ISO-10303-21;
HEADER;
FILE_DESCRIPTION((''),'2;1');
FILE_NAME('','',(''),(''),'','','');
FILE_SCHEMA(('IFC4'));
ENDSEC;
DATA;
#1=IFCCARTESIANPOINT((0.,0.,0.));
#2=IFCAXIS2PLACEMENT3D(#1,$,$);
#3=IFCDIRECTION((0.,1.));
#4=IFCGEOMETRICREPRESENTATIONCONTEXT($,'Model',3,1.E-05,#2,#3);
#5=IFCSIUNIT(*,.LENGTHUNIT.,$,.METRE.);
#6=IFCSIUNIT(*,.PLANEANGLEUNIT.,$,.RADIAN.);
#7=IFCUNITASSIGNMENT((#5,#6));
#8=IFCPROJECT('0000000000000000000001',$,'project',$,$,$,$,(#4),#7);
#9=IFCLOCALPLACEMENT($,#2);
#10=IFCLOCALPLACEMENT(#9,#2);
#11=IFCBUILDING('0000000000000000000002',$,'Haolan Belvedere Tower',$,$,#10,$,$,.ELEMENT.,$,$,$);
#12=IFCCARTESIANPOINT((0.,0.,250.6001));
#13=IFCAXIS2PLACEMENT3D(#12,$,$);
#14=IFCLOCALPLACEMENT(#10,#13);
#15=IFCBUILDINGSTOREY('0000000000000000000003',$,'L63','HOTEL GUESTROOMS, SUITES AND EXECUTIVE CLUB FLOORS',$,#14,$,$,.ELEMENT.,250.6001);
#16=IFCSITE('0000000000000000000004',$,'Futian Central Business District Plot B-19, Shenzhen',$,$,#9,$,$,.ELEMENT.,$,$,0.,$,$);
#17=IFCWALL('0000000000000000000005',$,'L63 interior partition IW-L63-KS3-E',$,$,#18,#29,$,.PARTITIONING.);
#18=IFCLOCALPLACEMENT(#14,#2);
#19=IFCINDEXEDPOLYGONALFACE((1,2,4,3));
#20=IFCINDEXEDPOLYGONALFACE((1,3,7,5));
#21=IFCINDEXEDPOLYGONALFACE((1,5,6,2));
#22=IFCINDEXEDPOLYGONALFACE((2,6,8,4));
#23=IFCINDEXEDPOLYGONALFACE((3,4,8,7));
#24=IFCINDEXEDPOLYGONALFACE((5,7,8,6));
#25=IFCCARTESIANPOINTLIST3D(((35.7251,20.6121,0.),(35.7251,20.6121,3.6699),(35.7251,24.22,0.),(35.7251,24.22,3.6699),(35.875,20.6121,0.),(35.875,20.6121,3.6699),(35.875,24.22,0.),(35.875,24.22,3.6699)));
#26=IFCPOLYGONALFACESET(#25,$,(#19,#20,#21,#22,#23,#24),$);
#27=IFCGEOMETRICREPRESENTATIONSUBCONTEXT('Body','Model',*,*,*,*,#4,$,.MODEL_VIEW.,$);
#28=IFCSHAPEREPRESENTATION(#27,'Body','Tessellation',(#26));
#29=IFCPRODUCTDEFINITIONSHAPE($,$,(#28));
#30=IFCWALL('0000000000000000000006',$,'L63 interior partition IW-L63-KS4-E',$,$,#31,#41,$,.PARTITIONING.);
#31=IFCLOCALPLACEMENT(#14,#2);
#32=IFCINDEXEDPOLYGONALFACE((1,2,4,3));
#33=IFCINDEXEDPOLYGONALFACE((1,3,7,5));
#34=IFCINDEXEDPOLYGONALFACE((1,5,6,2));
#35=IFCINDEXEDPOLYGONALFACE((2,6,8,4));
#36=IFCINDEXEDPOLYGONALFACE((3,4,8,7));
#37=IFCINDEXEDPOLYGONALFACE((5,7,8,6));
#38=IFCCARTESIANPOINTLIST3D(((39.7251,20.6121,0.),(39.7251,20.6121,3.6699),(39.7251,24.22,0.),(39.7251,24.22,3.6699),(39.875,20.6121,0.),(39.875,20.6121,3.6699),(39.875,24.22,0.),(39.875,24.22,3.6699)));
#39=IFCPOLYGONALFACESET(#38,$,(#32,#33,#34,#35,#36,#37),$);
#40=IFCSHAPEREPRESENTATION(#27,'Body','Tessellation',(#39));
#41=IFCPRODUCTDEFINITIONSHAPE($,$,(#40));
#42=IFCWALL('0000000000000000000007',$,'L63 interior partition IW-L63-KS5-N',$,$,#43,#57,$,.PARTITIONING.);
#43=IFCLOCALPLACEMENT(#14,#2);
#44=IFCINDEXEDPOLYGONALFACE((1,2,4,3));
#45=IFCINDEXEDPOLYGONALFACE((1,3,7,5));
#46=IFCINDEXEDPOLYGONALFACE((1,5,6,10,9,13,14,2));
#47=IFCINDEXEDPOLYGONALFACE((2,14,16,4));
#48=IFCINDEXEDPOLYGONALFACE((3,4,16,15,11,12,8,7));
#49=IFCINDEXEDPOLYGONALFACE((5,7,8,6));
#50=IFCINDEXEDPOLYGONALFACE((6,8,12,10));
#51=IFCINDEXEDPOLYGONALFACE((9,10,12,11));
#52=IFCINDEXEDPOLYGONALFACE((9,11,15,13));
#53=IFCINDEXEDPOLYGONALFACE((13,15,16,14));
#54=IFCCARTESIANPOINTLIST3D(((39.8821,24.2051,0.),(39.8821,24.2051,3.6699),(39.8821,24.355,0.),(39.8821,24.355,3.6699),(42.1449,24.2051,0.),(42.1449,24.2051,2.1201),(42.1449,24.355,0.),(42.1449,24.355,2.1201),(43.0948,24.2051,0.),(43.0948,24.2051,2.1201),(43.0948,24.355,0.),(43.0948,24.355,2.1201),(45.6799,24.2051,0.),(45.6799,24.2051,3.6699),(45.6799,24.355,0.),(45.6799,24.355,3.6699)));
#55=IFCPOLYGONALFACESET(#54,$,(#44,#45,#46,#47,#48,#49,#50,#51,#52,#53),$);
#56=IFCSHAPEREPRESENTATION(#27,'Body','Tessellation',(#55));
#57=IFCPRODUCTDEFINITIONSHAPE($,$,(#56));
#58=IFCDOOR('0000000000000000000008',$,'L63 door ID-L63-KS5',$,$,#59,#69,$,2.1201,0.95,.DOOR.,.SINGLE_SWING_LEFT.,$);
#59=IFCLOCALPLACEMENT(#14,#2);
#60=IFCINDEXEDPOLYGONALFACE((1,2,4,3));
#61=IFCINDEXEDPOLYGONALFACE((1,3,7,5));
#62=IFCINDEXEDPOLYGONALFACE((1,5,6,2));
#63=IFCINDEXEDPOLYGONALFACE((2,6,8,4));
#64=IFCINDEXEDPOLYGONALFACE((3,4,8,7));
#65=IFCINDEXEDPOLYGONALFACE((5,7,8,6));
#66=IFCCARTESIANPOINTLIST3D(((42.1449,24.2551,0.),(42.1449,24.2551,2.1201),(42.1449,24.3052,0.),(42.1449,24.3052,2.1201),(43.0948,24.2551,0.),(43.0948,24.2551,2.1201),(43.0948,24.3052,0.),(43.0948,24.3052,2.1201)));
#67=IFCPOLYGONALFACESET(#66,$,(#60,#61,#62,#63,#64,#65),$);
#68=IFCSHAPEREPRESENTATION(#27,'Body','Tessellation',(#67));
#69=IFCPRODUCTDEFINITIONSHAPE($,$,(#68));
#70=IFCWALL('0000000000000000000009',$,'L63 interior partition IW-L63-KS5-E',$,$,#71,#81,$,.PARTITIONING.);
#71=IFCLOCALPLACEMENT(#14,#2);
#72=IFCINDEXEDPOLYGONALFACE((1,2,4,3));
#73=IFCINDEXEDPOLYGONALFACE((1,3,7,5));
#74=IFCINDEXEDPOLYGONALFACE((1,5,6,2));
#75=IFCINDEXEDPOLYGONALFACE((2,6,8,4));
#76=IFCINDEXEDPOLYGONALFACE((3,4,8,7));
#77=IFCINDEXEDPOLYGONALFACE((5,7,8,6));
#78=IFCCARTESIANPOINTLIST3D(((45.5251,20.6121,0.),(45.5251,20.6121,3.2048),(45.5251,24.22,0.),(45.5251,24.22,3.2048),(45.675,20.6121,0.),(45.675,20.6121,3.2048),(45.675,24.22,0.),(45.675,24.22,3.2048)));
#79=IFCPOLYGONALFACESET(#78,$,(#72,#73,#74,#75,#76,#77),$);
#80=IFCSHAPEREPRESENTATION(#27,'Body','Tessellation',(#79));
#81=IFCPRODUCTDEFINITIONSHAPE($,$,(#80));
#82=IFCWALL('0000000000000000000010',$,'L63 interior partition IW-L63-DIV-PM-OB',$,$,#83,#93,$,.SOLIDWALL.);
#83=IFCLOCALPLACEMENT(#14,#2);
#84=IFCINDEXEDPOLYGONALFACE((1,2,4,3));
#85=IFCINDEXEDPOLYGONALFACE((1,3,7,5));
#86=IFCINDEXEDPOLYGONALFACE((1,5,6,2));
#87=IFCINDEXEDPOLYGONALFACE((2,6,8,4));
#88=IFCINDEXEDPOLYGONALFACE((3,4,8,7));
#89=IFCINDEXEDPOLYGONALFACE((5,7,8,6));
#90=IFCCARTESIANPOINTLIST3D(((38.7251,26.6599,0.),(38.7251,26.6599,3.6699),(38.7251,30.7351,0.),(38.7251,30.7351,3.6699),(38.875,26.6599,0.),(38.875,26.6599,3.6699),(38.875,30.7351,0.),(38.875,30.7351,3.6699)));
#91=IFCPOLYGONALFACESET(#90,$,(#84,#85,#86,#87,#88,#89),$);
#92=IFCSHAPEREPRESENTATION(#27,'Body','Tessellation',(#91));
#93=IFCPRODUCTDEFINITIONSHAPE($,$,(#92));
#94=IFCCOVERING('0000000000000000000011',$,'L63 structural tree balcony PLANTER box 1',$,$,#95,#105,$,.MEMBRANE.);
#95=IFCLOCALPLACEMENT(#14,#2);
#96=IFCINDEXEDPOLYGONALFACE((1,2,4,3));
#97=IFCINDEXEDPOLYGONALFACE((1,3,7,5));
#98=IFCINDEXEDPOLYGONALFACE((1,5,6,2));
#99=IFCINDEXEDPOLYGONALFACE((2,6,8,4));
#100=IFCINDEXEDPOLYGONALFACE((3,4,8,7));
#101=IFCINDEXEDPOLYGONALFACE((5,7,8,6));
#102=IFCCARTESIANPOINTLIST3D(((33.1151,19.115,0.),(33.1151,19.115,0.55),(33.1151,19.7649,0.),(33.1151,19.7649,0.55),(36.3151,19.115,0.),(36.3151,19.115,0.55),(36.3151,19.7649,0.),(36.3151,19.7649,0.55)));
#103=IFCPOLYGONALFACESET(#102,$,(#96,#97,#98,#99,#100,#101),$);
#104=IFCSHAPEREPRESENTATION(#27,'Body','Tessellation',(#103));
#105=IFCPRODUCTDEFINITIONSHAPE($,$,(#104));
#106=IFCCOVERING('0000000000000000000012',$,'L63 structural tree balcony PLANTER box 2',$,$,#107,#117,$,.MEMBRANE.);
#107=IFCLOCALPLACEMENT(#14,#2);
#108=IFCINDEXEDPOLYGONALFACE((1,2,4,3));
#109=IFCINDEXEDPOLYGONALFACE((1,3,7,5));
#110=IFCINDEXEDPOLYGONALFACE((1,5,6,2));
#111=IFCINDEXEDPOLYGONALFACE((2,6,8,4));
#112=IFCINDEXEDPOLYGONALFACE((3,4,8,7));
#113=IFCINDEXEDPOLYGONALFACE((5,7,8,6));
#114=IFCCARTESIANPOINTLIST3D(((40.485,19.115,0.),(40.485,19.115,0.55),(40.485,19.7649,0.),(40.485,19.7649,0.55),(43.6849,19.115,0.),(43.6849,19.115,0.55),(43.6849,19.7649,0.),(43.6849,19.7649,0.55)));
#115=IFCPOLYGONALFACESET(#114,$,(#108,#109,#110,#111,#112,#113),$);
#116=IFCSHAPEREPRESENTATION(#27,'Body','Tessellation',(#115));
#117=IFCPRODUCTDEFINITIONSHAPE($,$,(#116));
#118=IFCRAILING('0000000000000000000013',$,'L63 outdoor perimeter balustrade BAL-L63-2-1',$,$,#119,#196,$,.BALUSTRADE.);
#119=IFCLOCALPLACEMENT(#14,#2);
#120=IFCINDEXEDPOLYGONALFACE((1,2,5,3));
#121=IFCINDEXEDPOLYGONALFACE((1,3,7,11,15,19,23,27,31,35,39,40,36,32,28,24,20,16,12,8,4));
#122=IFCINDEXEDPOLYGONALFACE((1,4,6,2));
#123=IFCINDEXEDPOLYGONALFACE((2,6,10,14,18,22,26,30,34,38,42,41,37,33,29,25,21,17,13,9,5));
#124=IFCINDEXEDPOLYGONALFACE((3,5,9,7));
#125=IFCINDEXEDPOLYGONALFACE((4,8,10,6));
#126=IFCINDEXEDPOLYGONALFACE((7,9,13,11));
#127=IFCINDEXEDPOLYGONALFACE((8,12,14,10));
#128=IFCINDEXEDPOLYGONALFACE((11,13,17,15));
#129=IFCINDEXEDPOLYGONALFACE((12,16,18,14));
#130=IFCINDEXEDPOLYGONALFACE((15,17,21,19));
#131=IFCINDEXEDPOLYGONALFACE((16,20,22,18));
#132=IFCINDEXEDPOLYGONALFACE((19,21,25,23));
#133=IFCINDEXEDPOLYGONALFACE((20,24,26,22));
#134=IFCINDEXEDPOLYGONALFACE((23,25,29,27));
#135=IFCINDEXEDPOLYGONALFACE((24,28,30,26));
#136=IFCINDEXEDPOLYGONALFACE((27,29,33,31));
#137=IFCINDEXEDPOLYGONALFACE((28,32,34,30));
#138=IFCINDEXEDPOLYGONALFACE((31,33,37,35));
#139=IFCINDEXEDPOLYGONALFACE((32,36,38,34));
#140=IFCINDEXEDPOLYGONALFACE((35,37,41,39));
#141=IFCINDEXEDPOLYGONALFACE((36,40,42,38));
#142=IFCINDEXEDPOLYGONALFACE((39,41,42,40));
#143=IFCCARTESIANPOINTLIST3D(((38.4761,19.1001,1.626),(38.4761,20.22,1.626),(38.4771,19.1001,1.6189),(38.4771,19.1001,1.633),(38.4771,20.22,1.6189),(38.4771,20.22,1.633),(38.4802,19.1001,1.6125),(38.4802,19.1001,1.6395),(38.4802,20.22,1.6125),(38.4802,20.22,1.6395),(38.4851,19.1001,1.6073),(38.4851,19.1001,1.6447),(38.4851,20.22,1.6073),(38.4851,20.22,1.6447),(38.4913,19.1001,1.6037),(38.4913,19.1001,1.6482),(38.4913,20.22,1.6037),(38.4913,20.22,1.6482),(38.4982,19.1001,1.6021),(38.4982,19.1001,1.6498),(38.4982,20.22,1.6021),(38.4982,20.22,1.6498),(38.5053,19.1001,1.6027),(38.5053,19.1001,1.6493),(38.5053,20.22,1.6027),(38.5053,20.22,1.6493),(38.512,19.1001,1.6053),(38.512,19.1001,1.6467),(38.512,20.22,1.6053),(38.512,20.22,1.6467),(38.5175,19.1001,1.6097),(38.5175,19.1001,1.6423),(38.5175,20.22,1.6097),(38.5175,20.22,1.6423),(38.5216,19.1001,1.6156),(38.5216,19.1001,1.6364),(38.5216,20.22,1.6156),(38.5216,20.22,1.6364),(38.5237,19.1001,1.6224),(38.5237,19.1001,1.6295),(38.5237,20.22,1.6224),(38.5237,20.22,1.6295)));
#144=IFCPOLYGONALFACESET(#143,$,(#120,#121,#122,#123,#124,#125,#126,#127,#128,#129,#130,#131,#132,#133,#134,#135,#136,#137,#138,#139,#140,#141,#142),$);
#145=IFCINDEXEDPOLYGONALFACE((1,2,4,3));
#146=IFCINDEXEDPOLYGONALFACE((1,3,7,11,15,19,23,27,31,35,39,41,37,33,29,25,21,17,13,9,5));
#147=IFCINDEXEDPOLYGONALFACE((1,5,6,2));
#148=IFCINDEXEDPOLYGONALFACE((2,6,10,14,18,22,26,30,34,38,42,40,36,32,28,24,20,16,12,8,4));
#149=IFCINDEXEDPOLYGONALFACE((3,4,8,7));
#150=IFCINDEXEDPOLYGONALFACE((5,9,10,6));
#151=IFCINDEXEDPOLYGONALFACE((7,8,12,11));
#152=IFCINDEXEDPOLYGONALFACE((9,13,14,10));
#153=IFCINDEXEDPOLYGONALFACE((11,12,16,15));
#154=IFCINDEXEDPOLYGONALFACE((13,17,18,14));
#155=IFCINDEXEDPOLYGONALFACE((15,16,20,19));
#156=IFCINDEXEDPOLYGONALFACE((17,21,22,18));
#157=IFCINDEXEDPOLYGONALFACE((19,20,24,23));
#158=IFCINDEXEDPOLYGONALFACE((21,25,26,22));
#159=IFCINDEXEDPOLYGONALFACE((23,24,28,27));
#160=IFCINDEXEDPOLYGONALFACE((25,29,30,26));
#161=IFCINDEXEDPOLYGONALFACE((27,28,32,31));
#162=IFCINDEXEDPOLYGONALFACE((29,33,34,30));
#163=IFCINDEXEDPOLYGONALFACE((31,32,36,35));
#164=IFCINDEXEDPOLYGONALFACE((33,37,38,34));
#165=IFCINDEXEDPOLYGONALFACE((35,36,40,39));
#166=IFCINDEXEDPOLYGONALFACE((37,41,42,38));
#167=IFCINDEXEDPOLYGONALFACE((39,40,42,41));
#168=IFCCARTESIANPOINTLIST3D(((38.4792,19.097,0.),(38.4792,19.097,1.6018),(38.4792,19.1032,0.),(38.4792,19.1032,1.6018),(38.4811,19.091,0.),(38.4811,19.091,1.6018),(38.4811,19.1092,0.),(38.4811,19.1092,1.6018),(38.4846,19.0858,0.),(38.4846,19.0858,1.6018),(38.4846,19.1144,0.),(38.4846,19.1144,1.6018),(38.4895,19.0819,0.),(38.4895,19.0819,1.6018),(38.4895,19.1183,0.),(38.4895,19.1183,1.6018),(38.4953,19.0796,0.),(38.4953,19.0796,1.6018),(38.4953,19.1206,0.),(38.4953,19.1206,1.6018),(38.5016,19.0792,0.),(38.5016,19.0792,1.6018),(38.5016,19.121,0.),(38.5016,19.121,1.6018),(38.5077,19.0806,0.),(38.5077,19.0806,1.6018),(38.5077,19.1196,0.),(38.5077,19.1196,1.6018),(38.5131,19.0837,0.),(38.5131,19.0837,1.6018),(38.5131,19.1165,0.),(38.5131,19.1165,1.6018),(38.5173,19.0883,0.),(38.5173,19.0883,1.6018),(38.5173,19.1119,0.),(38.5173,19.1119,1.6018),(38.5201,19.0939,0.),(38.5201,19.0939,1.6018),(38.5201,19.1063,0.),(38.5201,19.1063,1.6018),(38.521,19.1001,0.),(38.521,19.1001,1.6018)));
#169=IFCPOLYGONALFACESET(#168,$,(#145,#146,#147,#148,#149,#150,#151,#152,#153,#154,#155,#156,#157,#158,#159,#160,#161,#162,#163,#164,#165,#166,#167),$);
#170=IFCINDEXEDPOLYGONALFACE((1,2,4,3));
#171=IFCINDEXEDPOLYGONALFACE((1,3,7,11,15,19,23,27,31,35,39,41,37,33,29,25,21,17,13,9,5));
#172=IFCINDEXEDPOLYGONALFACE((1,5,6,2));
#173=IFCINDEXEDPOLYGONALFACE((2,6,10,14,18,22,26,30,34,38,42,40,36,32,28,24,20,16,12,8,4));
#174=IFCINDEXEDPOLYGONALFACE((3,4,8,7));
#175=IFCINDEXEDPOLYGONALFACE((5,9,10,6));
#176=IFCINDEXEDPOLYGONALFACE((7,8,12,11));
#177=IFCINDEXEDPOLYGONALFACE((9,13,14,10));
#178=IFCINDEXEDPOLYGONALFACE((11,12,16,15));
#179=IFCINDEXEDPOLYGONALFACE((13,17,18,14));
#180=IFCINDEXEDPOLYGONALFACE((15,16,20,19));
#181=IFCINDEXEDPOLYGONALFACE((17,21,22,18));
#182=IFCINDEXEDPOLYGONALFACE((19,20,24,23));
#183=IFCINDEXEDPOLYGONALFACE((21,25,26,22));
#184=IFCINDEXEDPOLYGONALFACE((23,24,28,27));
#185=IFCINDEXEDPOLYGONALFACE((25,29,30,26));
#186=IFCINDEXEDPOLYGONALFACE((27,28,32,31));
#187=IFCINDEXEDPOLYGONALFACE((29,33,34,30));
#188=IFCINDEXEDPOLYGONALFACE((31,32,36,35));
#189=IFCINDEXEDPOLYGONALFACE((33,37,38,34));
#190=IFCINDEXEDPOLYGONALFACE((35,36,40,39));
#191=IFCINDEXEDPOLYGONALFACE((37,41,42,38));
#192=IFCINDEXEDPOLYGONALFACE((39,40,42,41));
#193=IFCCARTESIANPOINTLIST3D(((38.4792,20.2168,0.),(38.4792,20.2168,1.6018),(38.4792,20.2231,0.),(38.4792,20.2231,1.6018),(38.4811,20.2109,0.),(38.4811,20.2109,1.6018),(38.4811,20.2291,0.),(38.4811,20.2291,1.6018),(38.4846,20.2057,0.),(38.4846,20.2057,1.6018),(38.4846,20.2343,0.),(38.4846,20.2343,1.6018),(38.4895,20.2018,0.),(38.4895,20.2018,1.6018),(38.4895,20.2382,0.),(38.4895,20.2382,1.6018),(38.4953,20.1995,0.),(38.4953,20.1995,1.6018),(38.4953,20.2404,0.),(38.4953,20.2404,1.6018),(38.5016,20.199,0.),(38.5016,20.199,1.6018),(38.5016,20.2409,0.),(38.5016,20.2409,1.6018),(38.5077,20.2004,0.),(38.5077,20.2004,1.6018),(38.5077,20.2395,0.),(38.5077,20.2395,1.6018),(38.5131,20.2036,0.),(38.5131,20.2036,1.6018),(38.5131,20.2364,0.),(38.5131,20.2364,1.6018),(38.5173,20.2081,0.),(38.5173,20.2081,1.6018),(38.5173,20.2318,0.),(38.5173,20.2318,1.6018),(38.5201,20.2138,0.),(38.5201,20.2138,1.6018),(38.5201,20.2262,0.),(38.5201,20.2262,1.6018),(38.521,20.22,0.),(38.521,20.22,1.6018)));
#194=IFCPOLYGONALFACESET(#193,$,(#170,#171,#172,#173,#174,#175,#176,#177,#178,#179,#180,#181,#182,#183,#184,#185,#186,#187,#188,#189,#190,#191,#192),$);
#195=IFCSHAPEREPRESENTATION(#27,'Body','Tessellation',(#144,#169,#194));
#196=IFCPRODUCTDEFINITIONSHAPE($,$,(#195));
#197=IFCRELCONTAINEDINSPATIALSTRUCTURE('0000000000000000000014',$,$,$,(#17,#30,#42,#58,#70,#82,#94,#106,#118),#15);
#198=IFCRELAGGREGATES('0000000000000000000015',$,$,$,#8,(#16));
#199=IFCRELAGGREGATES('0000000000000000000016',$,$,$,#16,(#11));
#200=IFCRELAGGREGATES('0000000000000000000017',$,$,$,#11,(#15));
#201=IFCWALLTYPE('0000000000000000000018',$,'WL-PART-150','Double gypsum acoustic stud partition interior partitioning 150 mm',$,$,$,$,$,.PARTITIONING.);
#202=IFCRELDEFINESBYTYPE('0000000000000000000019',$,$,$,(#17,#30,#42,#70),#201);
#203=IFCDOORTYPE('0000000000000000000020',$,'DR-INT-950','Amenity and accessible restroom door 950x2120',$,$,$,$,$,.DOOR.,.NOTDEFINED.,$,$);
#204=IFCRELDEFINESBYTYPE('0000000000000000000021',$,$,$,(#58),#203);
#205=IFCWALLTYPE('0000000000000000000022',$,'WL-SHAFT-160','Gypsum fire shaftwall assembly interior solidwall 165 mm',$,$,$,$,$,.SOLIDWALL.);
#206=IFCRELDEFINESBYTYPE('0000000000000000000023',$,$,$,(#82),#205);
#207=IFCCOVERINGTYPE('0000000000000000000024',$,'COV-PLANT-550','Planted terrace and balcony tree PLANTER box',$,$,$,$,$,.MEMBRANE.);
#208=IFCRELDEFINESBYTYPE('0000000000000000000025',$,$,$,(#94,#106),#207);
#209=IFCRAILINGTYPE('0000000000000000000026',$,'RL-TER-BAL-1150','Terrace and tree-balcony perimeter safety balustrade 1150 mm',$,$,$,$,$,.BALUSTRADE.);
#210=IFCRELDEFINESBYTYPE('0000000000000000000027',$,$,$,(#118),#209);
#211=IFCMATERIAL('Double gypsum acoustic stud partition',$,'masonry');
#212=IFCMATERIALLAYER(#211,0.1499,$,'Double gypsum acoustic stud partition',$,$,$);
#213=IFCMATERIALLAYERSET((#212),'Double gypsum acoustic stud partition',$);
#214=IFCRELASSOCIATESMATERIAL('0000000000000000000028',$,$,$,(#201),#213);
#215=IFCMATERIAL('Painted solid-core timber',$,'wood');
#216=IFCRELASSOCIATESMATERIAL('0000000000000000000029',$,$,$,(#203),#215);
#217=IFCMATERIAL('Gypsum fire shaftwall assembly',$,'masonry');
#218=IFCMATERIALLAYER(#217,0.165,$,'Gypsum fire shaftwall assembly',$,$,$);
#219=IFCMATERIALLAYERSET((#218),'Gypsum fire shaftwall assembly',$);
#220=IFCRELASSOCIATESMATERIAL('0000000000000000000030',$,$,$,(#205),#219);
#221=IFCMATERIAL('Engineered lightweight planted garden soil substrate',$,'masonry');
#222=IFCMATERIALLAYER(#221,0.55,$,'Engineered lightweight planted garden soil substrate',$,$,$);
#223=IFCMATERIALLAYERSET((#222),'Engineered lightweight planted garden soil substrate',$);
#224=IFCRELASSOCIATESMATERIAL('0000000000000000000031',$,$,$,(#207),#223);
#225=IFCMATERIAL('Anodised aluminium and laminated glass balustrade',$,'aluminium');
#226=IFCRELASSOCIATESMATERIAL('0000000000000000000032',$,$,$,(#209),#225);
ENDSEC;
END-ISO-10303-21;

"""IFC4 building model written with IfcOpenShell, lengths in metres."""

from ifc_helpers import new_model, si_unit, direction, frame, frame_2d, origin, origin_2d, place, context, subcontext, project, spatial, rectangle, circle, extrude, material, layer, layer_set, type_object, element, fill, save


model = new_model("IFC4")

# Units and contexts
model_context = context("Model", 3, precision=1e-05, world=origin(), true_north=direction((0.0, 1.0)))
body_context = subcontext(model_context, "Body", "Model", "MODEL_VIEW")
ifc_project = project(units=[si_unit("LENGTHUNIT", "METRE"), si_unit("PLANEANGLEUNIT", "RADIAN")], contexts=[model_context])

# Site, building, storey
site_placement = place(None, origin())
site = spatial("IfcSite", under=ifc_project, at=site_placement, Name="Futian Central Business District Plot B-19, Shenzhen", CompositionType="ELEMENT", RefElevation=0.0)
building_placement = place(site_placement, origin())
building = spatial("IfcBuilding", under=site, at=building_placement, Name="Haolan Belvedere Tower", CompositionType="ELEMENT")
storey_placement = place(building_placement, frame((0.0, 0.0, 250.6001)))
storey = spatial("IfcBuildingStorey", under=building, at=storey_placement, Name="L63", Description="HOTEL GUESTROOMS, SUITES AND EXECUTIVE CLUB FLOORS", CompositionType="ELEMENT", Elevation=250.6001)

# Wall
ifc_material_1 = material(Name="Double gypsum acoustic stud partition", Category="masonry")
ifc_layer_1 = layer(ifc_material_1, 0.1499, Name="Double gypsum acoustic stud partition")
ifc_layer_set_1 = layer_set([ifc_layer_1], Name="Double gypsum acoustic stud partition")
wall_type_1 = type_object("IfcWallType", Name="WL-PART-150", Description="Double gypsum acoustic stud partition interior partitioning 150 mm", PredefinedType="PARTITIONING", material=ifc_layer_set_1)
wall_1_placement = place(storey_placement, frame((35.8, 20.6121, 0.0), z_axis=(0.0, 0.0, 1.0), x_axis=(0.0, 1.0, 0.0)))
element("IfcWall", 1, at=wall_1_placement, inside=storey, type_object=wall_type_1, Name="L63 interior partition IW-L63-KS3-E", PredefinedType="PARTITIONING", context=body_context, shape_type="SweptSolid", body=[
    extrude(rectangle(XDim=3.6079, YDim=0.1499, at=frame_2d((1.804, 0.0))), origin(), (0.0, 0.0, 1.0), 3.6699),
])

# Shared definitions
ifc_material_2 = material(Name="Painted solid-core timber", Category="wood")
door_type = type_object("IfcDoorType", Name="DR-INT-950", Description="Amenity and accessible restroom door 950x2120", OperationType="NOTDEFINED", PredefinedType="DOOR", material=ifc_material_2)

# Wall
wall_2_placement = place(storey_placement, frame((39.8, 20.6121, 0.0), z_axis=(0.0, 0.0, 1.0), x_axis=(0.0, 1.0, 0.0)))
element("IfcWall", 2, at=wall_2_placement, inside=storey, type_object=wall_type_1, Name="L63 interior partition IW-L63-KS4-E", PredefinedType="PARTITIONING", context=body_context, shape_type="SweptSolid", body=[
    extrude(rectangle(XDim=3.6079, YDim=0.1499, at=frame_2d((1.804, 0.0))), origin(), (0.0, 0.0, 1.0), 3.6699),
])

# Wall, opening, door
wall_3_placement = place(storey_placement, frame((39.8821, 24.28, 0.0), z_axis=(0.0, 0.0, 1.0), x_axis=(1.0, 0.0, 0.0)))
wall_3 = element("IfcWall", 3, at=wall_3_placement, inside=storey, type_object=wall_type_1, Name="L63 interior partition IW-L63-KS5-N", PredefinedType="PARTITIONING", context=body_context, shape_type="SweptSolid", body=[
    extrude(rectangle(XDim=5.7979, YDim=0.1499, at=frame_2d((2.8989, 0.0))), origin(), (0.0, 0.0, 1.0), 3.6699),
])
opening_1_placement = place(wall_3_placement, frame((3.2129, 0.0, 0.0), z_axis=(0.0, 0.0, 1.0), x_axis=(-1.0, 0.0, 0.0)))
opening_1 = element("IfcOpeningElement", 4, at=opening_1_placement, cuts=wall_3, PredefinedType="OPENING", context=body_context, shape_type="SweptSolid", body=[
    extrude(rectangle(XDim=0.95, YDim=2.1201, at=frame_2d((0.4751, 1.0601))), frame((0.0, 0.085, 0.0), z_axis=(0.0, -1.0, 0.0), x_axis=(1.0, 0.0, 0.0)), (0.0, 0.0, 1.0), 0.1699),
])
door_1_placement = place(opening_1_placement, origin())
door_1 = element("IfcDoor", 5, at=door_1_placement, inside=storey, type_object=door_type, Name="L63 door ID-L63-KS5", OperationType="SINGLE_SWING_LEFT", OverallHeight=2.1201, OverallWidth=0.95, PredefinedType="DOOR", context=body_context, shape_type="SweptSolid", body=[
    extrude(rectangle(XDim=0.95, YDim=2.1201, at=frame_2d((0.4751, 1.0601))), frame((0.0, 0.0249, 0.0), z_axis=(0.0, -1.0, 0.0), x_axis=(1.0, 0.0, 0.0)), (0.0, 0.0, 1.0), 0.05),
])
fill(opening_1, door_1)

# Walls
wall_4_placement = place(storey_placement, frame((45.6001, 20.6121, 0.0), z_axis=(0.0, 0.0, 1.0), x_axis=(0.0, 1.0, 0.0)))
element("IfcWall", 6, at=wall_4_placement, inside=storey, type_object=wall_type_1, Name="L63 interior partition IW-L63-KS5-E", PredefinedType="PARTITIONING", context=body_context, shape_type="SweptSolid", body=[
    extrude(rectangle(XDim=3.6079, YDim=0.1499, at=frame_2d((1.804, 0.0))), origin(), (0.0, 0.0, 1.0), 3.2048),
])
ifc_material_3 = material(Name="Gypsum fire shaftwall assembly", Category="masonry")
ifc_layer_2 = layer(ifc_material_3, 0.165, Name="Gypsum fire shaftwall assembly")
ifc_layer_set_2 = layer_set([ifc_layer_2], Name="Gypsum fire shaftwall assembly")
wall_type_2 = type_object("IfcWallType", Name="WL-SHAFT-160", Description="Gypsum fire shaftwall assembly interior solidwall 165 mm", PredefinedType="SOLIDWALL", material=ifc_layer_set_2)
wall_5_placement = place(storey_placement, frame((38.8, 26.6599, 0.0), z_axis=(0.0, 0.0, 1.0), x_axis=(0.0, 1.0, 0.0)))
element("IfcWall", 7, at=wall_5_placement, inside=storey, type_object=wall_type_2, Name="L63 interior partition IW-L63-DIV-PM-OB", PredefinedType="SOLIDWALL", context=body_context, shape_type="SweptSolid", body=[
    extrude(rectangle(XDim=4.0752, YDim=0.1499, at=frame_2d((2.0376, 0.0))), origin(), (0.0, 0.0, 1.0), 3.6699),
])

# Coverings
ifc_material_4 = material(Name="Engineered lightweight planted garden soil substrate", Category="masonry")
ifc_layer_3 = layer(ifc_material_4, 0.55, Name="Engineered lightweight planted garden soil substrate")
ifc_layer_set_3 = layer_set([ifc_layer_3], Name="Engineered lightweight planted garden soil substrate")
covering_type = type_object("IfcCoveringType", Name="COV-PLANT-550", Description="Planted terrace and balcony tree PLANTER box", PredefinedType="MEMBRANE", material=ifc_layer_set_3)
for number, where, z_axis, x_axis, name in (
    (8, (34.7151, 19.4399, 0.0), (0.0, 0.0, 1.0), (1.0, 0.0, 0.0), "L63 structural tree balcony PLANTER box 1"),
    (9, (42.085, 19.4399, 0.0), (0.0, 0.0, 1.0), (1.0, 0.0, 0.0), "L63 structural tree balcony PLANTER box 2"),
):
    element("IfcCovering", number, at=place(storey_placement, frame(where, z_axis=z_axis, x_axis=x_axis)), inside=storey, type_object=covering_type, Name=name, PredefinedType="MEMBRANE", context=body_context, shape_type="SweptSolid", body=[
        extrude(rectangle(XDim=3.2, YDim=0.6499, at=origin_2d()), origin(), (0.0, 0.0, 1.0), 0.55),
    ])

# Railing
ifc_material_5 = material(Name="Anodised aluminium and laminated glass balustrade", Category="aluminium")
railing_type = type_object("IfcRailingType", Name="RL-TER-BAL-1150", Description="Terrace and tree-balcony perimeter safety balustrade 1150 mm", PredefinedType="BALUSTRADE", material=ifc_material_5)
railing_1_placement = place(storey_placement, frame((38.5, 19.1001, 0.0)))
element("IfcRailing", 10, at=railing_1_placement, inside=storey, type_object=railing_type, Name="L63 outdoor perimeter balustrade BAL-L63-2-1", PredefinedType="BALUSTRADE", context=body_context, shape_type="SweptSolid", body=[
    extrude(circle(Radius=0.0239, at=origin_2d()), frame((0.0, 0.0, 1.626), z_axis=(0.0, 1.0, 0.0), x_axis=(-1.0, 0.0, 0.0)), (0.0, 0.0, 1.0), 1.1199),
    extrude(circle(Radius=0.021, at=origin_2d()), origin(), (0.0, 0.0, 1.0), 1.6018),
    extrude(circle(Radius=0.021, at=origin_2d()), frame((0.0, 1.1199, 0.0)), (0.0, 0.0, 1.0), 1.6018),
])

save(model, "model.ifc")
